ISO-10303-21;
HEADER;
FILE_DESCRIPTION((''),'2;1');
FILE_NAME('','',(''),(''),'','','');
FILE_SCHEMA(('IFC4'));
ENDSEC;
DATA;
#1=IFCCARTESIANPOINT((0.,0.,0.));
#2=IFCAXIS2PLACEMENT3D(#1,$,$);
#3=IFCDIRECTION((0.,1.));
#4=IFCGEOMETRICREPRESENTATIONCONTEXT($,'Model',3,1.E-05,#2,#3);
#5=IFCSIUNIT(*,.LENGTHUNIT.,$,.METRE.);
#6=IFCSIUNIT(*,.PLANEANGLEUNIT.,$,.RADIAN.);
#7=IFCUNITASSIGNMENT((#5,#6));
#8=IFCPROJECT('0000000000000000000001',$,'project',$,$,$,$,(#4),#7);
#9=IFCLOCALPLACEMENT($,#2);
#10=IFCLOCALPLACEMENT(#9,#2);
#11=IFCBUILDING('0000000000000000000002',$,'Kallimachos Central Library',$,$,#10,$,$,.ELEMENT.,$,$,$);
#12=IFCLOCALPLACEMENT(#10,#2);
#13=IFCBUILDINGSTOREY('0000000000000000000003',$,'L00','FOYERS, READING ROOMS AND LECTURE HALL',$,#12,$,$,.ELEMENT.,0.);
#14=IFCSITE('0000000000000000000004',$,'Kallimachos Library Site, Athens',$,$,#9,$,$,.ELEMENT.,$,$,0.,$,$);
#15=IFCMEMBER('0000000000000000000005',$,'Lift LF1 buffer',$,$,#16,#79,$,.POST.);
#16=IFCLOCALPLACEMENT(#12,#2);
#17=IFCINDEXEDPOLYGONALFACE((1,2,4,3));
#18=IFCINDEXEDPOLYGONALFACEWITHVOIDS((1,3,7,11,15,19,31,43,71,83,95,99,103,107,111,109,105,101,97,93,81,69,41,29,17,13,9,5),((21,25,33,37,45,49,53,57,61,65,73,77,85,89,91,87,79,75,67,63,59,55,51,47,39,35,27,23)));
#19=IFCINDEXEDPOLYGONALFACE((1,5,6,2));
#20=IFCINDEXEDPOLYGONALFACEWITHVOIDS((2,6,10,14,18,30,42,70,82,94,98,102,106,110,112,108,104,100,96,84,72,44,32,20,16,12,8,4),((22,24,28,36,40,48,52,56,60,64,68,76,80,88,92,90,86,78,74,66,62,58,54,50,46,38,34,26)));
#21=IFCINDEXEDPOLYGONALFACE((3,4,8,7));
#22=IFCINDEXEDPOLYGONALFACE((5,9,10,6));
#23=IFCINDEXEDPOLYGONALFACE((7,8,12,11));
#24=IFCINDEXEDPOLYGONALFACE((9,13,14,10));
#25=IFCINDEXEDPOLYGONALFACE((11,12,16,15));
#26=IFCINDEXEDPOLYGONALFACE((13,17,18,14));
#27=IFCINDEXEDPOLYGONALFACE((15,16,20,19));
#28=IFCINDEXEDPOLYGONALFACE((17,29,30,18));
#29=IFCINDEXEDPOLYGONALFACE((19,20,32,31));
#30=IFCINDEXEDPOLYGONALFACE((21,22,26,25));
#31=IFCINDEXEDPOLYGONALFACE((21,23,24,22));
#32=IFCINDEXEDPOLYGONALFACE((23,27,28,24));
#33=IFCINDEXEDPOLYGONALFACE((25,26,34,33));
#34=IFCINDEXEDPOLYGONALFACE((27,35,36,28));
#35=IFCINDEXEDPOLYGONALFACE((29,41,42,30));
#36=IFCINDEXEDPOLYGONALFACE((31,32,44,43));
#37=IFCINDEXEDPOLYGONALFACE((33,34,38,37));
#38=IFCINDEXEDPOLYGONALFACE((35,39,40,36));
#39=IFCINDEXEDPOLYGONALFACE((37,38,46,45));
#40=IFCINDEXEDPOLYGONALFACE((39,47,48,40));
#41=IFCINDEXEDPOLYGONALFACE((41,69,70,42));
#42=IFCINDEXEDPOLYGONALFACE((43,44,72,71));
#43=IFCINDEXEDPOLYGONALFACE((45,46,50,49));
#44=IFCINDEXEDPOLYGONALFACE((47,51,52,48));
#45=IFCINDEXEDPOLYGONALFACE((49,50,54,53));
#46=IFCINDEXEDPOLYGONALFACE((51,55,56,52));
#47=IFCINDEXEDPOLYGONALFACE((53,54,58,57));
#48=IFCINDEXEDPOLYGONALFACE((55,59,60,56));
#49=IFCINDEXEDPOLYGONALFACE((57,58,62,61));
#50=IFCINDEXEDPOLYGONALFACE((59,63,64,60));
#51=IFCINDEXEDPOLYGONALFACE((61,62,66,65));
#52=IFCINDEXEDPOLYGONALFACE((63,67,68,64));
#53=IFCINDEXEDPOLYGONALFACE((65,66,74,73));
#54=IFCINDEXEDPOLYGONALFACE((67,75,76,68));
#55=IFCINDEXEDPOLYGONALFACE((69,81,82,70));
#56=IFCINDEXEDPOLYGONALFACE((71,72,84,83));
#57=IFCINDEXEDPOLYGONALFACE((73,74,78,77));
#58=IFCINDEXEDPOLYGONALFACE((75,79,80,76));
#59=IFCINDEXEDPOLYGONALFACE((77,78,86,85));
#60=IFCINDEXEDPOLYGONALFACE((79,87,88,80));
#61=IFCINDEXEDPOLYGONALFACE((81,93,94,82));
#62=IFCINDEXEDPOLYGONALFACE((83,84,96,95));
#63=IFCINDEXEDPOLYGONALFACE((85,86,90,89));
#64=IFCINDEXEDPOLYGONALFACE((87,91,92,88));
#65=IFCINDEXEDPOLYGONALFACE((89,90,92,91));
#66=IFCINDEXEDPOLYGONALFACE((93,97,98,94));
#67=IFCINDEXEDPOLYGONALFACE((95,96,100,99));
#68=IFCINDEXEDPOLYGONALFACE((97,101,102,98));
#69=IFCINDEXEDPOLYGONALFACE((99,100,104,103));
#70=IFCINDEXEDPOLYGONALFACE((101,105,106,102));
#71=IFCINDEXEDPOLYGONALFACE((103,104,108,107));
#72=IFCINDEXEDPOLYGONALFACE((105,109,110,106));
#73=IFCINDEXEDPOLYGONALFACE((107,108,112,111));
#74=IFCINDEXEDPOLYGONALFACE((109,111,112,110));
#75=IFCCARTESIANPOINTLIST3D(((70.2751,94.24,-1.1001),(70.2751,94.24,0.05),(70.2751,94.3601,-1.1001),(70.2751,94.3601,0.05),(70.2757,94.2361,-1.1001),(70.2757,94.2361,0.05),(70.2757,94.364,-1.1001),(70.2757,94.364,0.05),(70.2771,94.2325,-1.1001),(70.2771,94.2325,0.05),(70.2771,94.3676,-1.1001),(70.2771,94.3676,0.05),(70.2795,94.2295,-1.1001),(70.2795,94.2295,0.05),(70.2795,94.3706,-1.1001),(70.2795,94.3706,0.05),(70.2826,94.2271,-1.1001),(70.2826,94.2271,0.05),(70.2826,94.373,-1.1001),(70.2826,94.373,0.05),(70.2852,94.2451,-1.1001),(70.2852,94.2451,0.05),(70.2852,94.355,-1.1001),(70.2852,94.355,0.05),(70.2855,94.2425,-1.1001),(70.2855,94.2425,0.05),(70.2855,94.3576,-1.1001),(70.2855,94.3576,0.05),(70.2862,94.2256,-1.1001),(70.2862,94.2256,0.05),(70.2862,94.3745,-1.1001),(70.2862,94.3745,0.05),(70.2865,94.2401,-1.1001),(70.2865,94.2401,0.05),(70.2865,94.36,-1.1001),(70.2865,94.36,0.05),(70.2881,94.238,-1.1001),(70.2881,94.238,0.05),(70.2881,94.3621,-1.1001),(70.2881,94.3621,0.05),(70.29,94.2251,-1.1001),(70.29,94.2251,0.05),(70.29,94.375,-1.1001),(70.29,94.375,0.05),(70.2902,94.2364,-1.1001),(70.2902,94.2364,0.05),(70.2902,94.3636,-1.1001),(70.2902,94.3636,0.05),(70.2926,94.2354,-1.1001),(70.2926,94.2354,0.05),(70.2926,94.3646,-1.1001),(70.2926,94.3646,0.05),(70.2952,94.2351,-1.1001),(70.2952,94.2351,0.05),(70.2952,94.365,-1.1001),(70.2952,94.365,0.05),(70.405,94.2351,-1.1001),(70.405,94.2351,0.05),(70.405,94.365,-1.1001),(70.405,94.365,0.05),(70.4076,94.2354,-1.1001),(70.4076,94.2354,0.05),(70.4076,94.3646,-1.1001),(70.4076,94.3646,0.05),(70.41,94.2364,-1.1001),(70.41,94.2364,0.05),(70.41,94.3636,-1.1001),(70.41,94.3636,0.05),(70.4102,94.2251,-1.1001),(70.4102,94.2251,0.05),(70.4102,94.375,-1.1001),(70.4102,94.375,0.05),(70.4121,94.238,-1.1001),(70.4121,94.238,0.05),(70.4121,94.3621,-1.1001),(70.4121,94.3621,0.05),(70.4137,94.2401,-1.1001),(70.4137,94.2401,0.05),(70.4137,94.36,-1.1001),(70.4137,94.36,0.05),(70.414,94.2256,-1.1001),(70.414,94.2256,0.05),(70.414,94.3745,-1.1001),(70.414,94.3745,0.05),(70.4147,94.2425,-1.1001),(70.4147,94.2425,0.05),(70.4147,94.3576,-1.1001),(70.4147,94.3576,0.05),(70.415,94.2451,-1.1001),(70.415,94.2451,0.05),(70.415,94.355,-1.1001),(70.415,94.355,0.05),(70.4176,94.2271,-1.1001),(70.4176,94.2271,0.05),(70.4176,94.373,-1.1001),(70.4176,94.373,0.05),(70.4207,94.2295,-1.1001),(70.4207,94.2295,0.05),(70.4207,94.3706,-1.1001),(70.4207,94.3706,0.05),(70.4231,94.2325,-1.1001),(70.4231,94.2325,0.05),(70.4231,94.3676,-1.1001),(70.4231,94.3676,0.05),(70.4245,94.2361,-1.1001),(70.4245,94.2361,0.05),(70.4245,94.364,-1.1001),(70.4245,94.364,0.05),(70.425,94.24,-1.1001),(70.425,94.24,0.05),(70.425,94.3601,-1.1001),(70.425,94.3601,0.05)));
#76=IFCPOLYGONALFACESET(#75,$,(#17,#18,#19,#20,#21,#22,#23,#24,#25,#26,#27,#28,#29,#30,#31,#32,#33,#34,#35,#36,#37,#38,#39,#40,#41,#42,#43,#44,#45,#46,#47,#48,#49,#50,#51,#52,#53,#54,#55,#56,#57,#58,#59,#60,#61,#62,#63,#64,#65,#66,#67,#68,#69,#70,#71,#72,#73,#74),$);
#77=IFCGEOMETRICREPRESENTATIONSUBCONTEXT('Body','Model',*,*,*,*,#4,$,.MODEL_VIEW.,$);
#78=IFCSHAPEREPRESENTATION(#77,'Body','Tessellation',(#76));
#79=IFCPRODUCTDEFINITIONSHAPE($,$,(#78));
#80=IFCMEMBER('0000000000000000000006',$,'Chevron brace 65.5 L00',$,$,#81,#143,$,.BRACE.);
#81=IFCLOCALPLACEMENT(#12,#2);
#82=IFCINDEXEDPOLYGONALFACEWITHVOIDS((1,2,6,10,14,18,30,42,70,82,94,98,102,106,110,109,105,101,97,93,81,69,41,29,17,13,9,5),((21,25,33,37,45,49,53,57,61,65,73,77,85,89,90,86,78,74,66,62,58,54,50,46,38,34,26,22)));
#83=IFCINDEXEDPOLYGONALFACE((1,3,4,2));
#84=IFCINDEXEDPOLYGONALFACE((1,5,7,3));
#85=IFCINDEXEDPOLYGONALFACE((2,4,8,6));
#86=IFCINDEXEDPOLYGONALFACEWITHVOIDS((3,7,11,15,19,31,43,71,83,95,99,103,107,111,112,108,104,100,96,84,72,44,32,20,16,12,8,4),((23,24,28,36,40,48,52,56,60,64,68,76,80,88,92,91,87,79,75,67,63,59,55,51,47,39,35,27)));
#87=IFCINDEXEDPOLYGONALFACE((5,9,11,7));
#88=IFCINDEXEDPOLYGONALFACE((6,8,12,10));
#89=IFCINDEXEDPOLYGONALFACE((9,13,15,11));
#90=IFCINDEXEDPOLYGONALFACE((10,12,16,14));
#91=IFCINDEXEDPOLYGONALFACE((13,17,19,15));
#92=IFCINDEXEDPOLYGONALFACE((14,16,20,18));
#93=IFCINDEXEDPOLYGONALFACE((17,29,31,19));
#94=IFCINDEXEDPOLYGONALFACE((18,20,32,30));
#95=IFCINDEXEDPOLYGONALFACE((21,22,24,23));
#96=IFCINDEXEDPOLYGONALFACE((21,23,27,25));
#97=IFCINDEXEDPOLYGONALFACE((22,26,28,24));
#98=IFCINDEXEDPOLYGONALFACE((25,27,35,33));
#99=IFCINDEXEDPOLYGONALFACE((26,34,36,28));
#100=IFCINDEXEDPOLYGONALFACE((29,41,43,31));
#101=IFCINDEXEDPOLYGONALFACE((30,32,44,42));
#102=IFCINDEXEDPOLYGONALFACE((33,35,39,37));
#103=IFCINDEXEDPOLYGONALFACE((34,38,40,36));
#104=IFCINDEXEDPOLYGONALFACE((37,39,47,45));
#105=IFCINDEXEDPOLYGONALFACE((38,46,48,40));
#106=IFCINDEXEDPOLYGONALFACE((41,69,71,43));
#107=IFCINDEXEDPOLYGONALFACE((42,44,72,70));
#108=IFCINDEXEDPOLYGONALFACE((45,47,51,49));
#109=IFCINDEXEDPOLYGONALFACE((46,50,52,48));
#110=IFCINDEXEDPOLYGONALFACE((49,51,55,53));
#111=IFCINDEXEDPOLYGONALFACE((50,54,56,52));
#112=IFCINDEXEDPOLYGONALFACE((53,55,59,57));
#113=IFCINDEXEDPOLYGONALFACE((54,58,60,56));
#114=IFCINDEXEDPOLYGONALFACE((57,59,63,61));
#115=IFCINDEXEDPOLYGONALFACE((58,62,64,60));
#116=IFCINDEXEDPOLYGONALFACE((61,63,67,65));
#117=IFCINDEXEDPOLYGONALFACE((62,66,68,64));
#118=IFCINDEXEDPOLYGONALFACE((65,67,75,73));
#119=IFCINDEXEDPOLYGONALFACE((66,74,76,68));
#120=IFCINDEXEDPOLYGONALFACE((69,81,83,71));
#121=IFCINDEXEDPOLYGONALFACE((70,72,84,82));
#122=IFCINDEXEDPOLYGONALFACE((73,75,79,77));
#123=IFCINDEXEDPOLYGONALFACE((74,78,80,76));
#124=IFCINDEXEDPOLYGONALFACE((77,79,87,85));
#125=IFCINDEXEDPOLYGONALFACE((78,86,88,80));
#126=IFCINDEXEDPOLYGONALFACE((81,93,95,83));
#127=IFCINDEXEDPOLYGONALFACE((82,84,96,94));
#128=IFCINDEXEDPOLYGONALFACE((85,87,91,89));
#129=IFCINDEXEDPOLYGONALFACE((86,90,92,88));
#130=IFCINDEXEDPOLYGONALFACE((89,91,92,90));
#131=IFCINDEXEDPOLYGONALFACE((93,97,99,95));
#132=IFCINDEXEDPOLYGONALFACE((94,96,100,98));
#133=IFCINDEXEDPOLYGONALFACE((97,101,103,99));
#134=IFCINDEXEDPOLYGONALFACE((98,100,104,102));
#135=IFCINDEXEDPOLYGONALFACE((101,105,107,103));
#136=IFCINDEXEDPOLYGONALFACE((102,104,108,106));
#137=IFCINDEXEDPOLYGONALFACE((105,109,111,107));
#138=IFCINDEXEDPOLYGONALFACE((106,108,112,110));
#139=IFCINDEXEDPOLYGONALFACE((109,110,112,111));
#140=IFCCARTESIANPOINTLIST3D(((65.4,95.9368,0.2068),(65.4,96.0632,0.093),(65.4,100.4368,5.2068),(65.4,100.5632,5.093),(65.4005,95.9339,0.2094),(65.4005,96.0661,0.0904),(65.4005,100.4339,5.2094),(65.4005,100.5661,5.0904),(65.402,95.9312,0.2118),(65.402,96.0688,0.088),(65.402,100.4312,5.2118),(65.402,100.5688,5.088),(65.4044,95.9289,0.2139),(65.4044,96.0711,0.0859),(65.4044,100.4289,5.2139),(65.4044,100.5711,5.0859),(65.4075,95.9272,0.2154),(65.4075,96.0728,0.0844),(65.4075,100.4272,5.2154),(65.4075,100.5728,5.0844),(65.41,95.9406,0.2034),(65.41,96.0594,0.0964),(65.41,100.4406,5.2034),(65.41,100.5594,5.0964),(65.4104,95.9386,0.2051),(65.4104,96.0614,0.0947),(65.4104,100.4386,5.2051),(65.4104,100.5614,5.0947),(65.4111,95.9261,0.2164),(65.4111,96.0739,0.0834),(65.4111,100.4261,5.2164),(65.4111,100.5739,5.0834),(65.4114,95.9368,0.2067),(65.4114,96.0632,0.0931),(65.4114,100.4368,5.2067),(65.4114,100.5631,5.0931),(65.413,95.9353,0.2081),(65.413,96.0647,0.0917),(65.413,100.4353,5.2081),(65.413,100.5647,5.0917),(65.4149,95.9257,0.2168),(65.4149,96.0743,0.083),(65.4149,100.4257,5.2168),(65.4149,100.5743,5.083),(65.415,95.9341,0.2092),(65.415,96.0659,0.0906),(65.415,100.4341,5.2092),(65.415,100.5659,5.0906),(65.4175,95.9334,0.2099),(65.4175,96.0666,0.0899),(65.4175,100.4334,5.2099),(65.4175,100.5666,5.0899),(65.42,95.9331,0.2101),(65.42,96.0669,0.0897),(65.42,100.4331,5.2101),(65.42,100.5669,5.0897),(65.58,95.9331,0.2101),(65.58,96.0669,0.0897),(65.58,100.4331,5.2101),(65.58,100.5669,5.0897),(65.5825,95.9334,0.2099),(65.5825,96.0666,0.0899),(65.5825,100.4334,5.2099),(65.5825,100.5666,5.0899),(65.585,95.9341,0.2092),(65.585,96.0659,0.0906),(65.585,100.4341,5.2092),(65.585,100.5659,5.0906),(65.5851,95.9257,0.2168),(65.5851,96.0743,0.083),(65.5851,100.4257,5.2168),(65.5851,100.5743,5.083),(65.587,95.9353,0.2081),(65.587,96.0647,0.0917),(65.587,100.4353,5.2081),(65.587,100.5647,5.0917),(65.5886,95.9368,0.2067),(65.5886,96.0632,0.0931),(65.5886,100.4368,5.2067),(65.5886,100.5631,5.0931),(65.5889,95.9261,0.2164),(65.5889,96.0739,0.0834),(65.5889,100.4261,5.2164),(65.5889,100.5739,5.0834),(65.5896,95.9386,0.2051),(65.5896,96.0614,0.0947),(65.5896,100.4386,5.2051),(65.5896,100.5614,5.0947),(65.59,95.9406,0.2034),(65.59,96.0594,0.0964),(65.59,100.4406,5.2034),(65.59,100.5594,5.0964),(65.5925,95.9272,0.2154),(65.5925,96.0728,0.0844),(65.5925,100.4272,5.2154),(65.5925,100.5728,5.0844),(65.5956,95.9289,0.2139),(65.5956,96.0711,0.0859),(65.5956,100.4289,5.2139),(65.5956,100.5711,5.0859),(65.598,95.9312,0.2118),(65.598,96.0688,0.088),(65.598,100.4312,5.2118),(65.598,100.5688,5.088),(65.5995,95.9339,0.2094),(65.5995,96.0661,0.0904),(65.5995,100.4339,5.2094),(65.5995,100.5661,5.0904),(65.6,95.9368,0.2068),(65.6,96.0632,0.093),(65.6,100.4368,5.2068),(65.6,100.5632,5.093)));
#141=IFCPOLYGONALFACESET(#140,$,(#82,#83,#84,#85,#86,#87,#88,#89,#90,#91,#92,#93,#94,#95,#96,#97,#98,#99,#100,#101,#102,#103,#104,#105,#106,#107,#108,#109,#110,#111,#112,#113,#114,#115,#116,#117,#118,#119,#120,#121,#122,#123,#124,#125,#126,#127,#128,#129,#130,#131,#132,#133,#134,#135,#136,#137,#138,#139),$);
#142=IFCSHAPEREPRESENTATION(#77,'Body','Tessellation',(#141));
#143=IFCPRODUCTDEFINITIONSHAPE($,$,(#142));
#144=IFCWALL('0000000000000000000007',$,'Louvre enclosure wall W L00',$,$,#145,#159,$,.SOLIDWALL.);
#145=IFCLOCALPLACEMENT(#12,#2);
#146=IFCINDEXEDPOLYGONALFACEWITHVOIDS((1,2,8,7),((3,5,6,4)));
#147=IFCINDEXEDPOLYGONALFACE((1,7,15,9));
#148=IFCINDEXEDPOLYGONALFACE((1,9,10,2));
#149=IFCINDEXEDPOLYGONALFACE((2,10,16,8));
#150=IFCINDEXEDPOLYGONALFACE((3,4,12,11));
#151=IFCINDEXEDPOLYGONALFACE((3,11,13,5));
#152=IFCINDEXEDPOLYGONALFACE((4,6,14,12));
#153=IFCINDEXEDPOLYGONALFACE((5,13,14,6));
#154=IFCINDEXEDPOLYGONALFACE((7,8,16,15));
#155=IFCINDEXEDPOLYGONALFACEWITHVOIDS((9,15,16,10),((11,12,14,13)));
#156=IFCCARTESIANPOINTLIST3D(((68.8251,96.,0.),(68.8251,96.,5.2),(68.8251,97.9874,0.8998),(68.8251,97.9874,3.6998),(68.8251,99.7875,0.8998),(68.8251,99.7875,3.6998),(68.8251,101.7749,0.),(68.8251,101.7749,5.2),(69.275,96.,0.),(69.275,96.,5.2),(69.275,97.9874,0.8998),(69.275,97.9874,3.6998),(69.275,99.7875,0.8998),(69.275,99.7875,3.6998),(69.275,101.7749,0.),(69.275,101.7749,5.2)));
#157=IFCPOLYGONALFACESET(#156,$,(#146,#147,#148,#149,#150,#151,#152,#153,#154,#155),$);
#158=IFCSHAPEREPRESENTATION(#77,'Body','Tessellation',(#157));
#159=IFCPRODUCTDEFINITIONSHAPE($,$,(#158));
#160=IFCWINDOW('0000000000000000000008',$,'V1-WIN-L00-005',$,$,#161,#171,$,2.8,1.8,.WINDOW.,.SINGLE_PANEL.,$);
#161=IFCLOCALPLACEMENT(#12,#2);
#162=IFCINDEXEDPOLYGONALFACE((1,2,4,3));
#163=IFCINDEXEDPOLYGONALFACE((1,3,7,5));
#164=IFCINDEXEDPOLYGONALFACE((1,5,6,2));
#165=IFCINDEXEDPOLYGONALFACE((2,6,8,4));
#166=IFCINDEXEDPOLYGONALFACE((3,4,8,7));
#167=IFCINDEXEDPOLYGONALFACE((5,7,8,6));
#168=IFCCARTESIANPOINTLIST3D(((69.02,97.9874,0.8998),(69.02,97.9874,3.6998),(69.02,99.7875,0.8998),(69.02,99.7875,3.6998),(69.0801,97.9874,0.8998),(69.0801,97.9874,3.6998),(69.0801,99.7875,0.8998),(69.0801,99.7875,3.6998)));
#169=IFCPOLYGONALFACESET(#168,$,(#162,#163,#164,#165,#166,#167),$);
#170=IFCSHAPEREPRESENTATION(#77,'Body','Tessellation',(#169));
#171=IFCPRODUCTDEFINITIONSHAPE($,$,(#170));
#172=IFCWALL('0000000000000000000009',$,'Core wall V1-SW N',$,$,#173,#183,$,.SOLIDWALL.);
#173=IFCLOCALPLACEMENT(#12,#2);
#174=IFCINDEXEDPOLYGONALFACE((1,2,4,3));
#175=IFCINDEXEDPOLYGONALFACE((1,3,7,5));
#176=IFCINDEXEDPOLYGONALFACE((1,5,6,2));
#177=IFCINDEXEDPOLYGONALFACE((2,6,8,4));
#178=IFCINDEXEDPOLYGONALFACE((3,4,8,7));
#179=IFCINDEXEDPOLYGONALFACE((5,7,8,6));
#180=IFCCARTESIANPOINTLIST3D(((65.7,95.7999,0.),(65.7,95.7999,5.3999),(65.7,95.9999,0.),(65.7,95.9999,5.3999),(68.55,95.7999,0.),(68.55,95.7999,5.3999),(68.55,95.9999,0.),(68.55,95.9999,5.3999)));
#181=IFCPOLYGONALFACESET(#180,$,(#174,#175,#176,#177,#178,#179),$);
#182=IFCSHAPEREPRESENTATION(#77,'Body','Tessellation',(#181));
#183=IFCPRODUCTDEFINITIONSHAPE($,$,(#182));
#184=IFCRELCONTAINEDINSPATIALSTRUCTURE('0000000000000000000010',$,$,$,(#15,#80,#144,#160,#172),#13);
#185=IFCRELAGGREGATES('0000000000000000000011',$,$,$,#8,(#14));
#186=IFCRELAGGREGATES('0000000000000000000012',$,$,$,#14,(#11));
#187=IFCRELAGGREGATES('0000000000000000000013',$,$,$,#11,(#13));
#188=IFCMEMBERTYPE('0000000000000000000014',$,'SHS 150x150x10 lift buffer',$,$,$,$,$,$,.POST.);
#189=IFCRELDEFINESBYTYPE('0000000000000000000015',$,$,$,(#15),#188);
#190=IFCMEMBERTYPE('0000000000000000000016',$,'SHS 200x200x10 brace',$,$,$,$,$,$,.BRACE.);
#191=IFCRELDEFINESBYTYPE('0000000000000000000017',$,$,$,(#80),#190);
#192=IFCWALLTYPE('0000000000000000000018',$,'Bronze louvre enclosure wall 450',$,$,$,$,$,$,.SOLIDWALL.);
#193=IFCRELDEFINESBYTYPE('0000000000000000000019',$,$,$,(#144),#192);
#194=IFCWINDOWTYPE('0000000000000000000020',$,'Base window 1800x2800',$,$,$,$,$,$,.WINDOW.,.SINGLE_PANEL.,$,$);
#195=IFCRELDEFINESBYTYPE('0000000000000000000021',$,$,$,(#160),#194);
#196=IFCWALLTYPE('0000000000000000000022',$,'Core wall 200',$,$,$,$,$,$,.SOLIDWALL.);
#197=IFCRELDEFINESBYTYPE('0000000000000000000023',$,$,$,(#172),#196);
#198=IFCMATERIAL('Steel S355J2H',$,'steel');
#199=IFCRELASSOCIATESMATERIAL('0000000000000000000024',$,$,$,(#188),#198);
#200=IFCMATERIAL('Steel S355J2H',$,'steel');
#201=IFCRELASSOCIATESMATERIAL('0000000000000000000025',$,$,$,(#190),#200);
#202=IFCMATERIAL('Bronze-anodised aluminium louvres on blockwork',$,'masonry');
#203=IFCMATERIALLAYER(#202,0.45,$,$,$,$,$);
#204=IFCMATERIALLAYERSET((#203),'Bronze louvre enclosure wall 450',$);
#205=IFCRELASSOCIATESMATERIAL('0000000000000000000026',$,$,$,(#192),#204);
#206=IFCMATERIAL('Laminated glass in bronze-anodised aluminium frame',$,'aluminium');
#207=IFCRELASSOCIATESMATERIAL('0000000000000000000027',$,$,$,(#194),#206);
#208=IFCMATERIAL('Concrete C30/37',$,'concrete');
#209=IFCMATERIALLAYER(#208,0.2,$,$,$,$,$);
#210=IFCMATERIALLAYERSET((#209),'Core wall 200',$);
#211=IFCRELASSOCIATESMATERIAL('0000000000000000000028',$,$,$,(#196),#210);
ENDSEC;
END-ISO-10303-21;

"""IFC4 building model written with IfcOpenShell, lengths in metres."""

from ifc_helpers import new_model, si_unit, direction, frame, frame_2d, origin, origin_2d, place, context, subcontext, project, spatial, rectangle, hollow_rectangle, extrude, material, layer, layer_set, material_profile, profile_set, type_object, element, fill, save


model = new_model("IFC4")

# Units and contexts
model_context = context("Model", 3, precision=1e-05, world=origin(), true_north=direction((0.0, 1.0)))
body_context = subcontext(model_context, "Body", "Model", "MODEL_VIEW")
ifc_project = project(units=[si_unit("LENGTHUNIT", "METRE"), si_unit("PLANEANGLEUNIT", "RADIAN")], contexts=[model_context])

# Site, building, storey
site_placement = place(None, origin())
site = spatial("IfcSite", under=ifc_project, at=site_placement, Name="Kallimachos Library Site, Athens", CompositionType="ELEMENT", RefElevation=0.0)
building_placement = place(site_placement, origin())
building = spatial("IfcBuilding", under=site, at=building_placement, Name="Kallimachos Central Library", CompositionType="ELEMENT")
storey_placement = place(building_placement, origin())
storey = spatial("IfcBuildingStorey", under=building, at=storey_placement, Name="L00", Description="FOYERS, READING ROOMS AND LECTURE HALL", CompositionType="ELEMENT", Elevation=0.0)

# Members
ifc_material_1 = material(Name="Steel S355J2H", Category="steel")
ifc_material_profile_1 = material_profile(ifc_material_1, hollow_rectangle(XDim=0.1499, YDim=0.1499, WallThickness=0.01, InnerFilletRadius=0.01, OuterFilletRadius=0.0149, at=origin_2d()), Name="SHS 150x150x10")
ifc_profile_set_1 = profile_set([ifc_material_profile_1], Name="Steel S355J2H")
member_type_1 = type_object("IfcMemberType", Name="SHS 150x150x10 lift buffer", PredefinedType="POST", material=ifc_profile_set_1)
for number, where, z_axis, x_axis, name in (
    (1, (70.3501, 94.3, -1.1001), (0.0, 0.0, 1.0), (1.0, 0.0, 0.0), "Lift LF1 buffer"),
):
    element("IfcMember", number, at=place(storey_placement, frame(where, z_axis=z_axis, x_axis=x_axis)), inside=storey, type_object=member_type_1, Name=name, PredefinedType="POST", context=body_context, shape_type="SweptSolid", body=[
        extrude(hollow_rectangle(XDim=0.1499, YDim=0.1499, WallThickness=0.01, InnerFilletRadius=0.01, OuterFilletRadius=0.0149, at=origin_2d()), origin(), (0.0, 0.0, 1.0), 1.1501),
    ])
ifc_material_2 = material(Name="Steel S355J2H", Category="steel")
ifc_material_profile_2 = material_profile(ifc_material_2, hollow_rectangle(XDim=0.2, YDim=0.2, WallThickness=0.01, InnerFilletRadius=0.01, OuterFilletRadius=0.0149, at=origin_2d()), Name="SHS 200x200x10")
ifc_profile_set_2 = profile_set([ifc_material_profile_2], Name="Steel S355J2H")
member_type_2 = type_object("IfcMemberType", Name="SHS 200x200x10 brace", PredefinedType="BRACE", material=ifc_profile_set_2)
member_placement = place(storey_placement, frame((65.5, 96.0, 0.1499), z_axis=(0.0, 0.668965, 0.743294), x_axis=(-1.0, 0.0, 0.0)))
element("IfcMember", 2, at=member_placement, inside=storey, type_object=member_type_2, Name="Chevron brace 65.5 L00", PredefinedType="BRACE", context=body_context, shape_type="SweptSolid", body=[
    extrude(hollow_rectangle(XDim=0.2, YDim=0.2, WallThickness=0.01, InnerFilletRadius=0.01, OuterFilletRadius=0.0149, at=origin_2d()), origin(), (0.0, 0.0, 1.0), 6.7268),
])

# Wall, opening, window
ifc_material_3 = material(Name="Bronze-anodised aluminium louvres on blockwork", Category="masonry")
ifc_layer_1 = layer(ifc_material_3, 0.45)
ifc_layer_set_1 = layer_set([ifc_layer_1], Name="Bronze louvre enclosure wall 450")
wall_type_1 = type_object("IfcWallType", Name="Bronze louvre enclosure wall 450", PredefinedType="SOLIDWALL", material=ifc_layer_set_1)
wall_1_placement = place(storey_placement, frame((69.05, 96.0, 0.0), z_axis=(0.0, 0.0, 1.0), x_axis=(0.0, 1.0, 0.0)))
wall_1 = element("IfcWall", 3, at=wall_1_placement, inside=storey, type_object=wall_type_1, Name="Louvre enclosure wall W L00", PredefinedType="SOLIDWALL", context=body_context, shape_type="SweptSolid", body=[
    extrude(rectangle(XDim=5.7749, YDim=0.45, at=frame_2d((2.8875, 0.0))), origin(), (0.0, 0.0, 1.0), 5.2),
])
opening_1_placement = place(wall_1_placement, frame((1.9875, 0.0, 0.8999)))
opening_1 = element("IfcOpeningElement", 4, at=opening_1_placement, cuts=wall_1, PredefinedType="OPENING", context=body_context, shape_type="SweptSolid", body=[
    extrude(rectangle(XDim=1.8, YDim=2.8, at=frame_2d((0.8999, 1.3999))), frame((0.0, 0.2349, 0.0), z_axis=(0.0, -1.0, 0.0), x_axis=(1.0, 0.0, 0.0)), (0.0, 0.0, 1.0), 0.47),
])
ifc_material_4 = material(Name="Laminated glass in bronze-anodised aluminium frame", Category="aluminium")
window_type = type_object("IfcWindowType", Name="Base window 1800x2800", PartitioningType="SINGLE_PANEL", PredefinedType="WINDOW", material=ifc_material_4)
window_placement = place(opening_1_placement, origin())
window = element("IfcWindow", 5, at=window_placement, inside=storey, type_object=window_type, Name="V1-WIN-L00-005", OverallHeight=2.8, OverallWidth=1.8, PartitioningType="SINGLE_PANEL", PredefinedType="WINDOW", context=body_context, shape_type="SweptSolid", body=[
    extrude(rectangle(XDim=1.8, YDim=2.8, at=frame_2d((0.8999, 1.3999))), frame((0.0, 0.03, 0.0), z_axis=(0.0, -1.0, 0.0), x_axis=(1.0, 0.0, 0.0)), (0.0, 0.0, 1.0), 0.0601),
])
fill(opening_1, window)

# Wall
ifc_material_5 = material(Name="Concrete C30/37", Category="concrete")
ifc_layer_2 = layer(ifc_material_5, 0.2)
ifc_layer_set_2 = layer_set([ifc_layer_2], Name="Core wall 200")
wall_type_2 = type_object("IfcWallType", Name="Core wall 200", PredefinedType="SOLIDWALL", material=ifc_layer_set_2)
wall_2_placement = place(storey_placement, frame((65.7, 95.8999, 0.0), z_axis=(0.0, 0.0, 1.0), x_axis=(1.0, 0.0, 0.0)))
element("IfcWall", 6, at=wall_2_placement, inside=storey, type_object=wall_type_2, Name="Core wall V1-SW N", PredefinedType="SOLIDWALL", context=body_context, shape_type="SweptSolid", body=[
    extrude(rectangle(XDim=2.8501, YDim=0.2, at=frame_2d((1.425, 0.0))), origin(), (0.0, 0.0, 1.0), 5.3999),
])

save(model, "model.ifc")
